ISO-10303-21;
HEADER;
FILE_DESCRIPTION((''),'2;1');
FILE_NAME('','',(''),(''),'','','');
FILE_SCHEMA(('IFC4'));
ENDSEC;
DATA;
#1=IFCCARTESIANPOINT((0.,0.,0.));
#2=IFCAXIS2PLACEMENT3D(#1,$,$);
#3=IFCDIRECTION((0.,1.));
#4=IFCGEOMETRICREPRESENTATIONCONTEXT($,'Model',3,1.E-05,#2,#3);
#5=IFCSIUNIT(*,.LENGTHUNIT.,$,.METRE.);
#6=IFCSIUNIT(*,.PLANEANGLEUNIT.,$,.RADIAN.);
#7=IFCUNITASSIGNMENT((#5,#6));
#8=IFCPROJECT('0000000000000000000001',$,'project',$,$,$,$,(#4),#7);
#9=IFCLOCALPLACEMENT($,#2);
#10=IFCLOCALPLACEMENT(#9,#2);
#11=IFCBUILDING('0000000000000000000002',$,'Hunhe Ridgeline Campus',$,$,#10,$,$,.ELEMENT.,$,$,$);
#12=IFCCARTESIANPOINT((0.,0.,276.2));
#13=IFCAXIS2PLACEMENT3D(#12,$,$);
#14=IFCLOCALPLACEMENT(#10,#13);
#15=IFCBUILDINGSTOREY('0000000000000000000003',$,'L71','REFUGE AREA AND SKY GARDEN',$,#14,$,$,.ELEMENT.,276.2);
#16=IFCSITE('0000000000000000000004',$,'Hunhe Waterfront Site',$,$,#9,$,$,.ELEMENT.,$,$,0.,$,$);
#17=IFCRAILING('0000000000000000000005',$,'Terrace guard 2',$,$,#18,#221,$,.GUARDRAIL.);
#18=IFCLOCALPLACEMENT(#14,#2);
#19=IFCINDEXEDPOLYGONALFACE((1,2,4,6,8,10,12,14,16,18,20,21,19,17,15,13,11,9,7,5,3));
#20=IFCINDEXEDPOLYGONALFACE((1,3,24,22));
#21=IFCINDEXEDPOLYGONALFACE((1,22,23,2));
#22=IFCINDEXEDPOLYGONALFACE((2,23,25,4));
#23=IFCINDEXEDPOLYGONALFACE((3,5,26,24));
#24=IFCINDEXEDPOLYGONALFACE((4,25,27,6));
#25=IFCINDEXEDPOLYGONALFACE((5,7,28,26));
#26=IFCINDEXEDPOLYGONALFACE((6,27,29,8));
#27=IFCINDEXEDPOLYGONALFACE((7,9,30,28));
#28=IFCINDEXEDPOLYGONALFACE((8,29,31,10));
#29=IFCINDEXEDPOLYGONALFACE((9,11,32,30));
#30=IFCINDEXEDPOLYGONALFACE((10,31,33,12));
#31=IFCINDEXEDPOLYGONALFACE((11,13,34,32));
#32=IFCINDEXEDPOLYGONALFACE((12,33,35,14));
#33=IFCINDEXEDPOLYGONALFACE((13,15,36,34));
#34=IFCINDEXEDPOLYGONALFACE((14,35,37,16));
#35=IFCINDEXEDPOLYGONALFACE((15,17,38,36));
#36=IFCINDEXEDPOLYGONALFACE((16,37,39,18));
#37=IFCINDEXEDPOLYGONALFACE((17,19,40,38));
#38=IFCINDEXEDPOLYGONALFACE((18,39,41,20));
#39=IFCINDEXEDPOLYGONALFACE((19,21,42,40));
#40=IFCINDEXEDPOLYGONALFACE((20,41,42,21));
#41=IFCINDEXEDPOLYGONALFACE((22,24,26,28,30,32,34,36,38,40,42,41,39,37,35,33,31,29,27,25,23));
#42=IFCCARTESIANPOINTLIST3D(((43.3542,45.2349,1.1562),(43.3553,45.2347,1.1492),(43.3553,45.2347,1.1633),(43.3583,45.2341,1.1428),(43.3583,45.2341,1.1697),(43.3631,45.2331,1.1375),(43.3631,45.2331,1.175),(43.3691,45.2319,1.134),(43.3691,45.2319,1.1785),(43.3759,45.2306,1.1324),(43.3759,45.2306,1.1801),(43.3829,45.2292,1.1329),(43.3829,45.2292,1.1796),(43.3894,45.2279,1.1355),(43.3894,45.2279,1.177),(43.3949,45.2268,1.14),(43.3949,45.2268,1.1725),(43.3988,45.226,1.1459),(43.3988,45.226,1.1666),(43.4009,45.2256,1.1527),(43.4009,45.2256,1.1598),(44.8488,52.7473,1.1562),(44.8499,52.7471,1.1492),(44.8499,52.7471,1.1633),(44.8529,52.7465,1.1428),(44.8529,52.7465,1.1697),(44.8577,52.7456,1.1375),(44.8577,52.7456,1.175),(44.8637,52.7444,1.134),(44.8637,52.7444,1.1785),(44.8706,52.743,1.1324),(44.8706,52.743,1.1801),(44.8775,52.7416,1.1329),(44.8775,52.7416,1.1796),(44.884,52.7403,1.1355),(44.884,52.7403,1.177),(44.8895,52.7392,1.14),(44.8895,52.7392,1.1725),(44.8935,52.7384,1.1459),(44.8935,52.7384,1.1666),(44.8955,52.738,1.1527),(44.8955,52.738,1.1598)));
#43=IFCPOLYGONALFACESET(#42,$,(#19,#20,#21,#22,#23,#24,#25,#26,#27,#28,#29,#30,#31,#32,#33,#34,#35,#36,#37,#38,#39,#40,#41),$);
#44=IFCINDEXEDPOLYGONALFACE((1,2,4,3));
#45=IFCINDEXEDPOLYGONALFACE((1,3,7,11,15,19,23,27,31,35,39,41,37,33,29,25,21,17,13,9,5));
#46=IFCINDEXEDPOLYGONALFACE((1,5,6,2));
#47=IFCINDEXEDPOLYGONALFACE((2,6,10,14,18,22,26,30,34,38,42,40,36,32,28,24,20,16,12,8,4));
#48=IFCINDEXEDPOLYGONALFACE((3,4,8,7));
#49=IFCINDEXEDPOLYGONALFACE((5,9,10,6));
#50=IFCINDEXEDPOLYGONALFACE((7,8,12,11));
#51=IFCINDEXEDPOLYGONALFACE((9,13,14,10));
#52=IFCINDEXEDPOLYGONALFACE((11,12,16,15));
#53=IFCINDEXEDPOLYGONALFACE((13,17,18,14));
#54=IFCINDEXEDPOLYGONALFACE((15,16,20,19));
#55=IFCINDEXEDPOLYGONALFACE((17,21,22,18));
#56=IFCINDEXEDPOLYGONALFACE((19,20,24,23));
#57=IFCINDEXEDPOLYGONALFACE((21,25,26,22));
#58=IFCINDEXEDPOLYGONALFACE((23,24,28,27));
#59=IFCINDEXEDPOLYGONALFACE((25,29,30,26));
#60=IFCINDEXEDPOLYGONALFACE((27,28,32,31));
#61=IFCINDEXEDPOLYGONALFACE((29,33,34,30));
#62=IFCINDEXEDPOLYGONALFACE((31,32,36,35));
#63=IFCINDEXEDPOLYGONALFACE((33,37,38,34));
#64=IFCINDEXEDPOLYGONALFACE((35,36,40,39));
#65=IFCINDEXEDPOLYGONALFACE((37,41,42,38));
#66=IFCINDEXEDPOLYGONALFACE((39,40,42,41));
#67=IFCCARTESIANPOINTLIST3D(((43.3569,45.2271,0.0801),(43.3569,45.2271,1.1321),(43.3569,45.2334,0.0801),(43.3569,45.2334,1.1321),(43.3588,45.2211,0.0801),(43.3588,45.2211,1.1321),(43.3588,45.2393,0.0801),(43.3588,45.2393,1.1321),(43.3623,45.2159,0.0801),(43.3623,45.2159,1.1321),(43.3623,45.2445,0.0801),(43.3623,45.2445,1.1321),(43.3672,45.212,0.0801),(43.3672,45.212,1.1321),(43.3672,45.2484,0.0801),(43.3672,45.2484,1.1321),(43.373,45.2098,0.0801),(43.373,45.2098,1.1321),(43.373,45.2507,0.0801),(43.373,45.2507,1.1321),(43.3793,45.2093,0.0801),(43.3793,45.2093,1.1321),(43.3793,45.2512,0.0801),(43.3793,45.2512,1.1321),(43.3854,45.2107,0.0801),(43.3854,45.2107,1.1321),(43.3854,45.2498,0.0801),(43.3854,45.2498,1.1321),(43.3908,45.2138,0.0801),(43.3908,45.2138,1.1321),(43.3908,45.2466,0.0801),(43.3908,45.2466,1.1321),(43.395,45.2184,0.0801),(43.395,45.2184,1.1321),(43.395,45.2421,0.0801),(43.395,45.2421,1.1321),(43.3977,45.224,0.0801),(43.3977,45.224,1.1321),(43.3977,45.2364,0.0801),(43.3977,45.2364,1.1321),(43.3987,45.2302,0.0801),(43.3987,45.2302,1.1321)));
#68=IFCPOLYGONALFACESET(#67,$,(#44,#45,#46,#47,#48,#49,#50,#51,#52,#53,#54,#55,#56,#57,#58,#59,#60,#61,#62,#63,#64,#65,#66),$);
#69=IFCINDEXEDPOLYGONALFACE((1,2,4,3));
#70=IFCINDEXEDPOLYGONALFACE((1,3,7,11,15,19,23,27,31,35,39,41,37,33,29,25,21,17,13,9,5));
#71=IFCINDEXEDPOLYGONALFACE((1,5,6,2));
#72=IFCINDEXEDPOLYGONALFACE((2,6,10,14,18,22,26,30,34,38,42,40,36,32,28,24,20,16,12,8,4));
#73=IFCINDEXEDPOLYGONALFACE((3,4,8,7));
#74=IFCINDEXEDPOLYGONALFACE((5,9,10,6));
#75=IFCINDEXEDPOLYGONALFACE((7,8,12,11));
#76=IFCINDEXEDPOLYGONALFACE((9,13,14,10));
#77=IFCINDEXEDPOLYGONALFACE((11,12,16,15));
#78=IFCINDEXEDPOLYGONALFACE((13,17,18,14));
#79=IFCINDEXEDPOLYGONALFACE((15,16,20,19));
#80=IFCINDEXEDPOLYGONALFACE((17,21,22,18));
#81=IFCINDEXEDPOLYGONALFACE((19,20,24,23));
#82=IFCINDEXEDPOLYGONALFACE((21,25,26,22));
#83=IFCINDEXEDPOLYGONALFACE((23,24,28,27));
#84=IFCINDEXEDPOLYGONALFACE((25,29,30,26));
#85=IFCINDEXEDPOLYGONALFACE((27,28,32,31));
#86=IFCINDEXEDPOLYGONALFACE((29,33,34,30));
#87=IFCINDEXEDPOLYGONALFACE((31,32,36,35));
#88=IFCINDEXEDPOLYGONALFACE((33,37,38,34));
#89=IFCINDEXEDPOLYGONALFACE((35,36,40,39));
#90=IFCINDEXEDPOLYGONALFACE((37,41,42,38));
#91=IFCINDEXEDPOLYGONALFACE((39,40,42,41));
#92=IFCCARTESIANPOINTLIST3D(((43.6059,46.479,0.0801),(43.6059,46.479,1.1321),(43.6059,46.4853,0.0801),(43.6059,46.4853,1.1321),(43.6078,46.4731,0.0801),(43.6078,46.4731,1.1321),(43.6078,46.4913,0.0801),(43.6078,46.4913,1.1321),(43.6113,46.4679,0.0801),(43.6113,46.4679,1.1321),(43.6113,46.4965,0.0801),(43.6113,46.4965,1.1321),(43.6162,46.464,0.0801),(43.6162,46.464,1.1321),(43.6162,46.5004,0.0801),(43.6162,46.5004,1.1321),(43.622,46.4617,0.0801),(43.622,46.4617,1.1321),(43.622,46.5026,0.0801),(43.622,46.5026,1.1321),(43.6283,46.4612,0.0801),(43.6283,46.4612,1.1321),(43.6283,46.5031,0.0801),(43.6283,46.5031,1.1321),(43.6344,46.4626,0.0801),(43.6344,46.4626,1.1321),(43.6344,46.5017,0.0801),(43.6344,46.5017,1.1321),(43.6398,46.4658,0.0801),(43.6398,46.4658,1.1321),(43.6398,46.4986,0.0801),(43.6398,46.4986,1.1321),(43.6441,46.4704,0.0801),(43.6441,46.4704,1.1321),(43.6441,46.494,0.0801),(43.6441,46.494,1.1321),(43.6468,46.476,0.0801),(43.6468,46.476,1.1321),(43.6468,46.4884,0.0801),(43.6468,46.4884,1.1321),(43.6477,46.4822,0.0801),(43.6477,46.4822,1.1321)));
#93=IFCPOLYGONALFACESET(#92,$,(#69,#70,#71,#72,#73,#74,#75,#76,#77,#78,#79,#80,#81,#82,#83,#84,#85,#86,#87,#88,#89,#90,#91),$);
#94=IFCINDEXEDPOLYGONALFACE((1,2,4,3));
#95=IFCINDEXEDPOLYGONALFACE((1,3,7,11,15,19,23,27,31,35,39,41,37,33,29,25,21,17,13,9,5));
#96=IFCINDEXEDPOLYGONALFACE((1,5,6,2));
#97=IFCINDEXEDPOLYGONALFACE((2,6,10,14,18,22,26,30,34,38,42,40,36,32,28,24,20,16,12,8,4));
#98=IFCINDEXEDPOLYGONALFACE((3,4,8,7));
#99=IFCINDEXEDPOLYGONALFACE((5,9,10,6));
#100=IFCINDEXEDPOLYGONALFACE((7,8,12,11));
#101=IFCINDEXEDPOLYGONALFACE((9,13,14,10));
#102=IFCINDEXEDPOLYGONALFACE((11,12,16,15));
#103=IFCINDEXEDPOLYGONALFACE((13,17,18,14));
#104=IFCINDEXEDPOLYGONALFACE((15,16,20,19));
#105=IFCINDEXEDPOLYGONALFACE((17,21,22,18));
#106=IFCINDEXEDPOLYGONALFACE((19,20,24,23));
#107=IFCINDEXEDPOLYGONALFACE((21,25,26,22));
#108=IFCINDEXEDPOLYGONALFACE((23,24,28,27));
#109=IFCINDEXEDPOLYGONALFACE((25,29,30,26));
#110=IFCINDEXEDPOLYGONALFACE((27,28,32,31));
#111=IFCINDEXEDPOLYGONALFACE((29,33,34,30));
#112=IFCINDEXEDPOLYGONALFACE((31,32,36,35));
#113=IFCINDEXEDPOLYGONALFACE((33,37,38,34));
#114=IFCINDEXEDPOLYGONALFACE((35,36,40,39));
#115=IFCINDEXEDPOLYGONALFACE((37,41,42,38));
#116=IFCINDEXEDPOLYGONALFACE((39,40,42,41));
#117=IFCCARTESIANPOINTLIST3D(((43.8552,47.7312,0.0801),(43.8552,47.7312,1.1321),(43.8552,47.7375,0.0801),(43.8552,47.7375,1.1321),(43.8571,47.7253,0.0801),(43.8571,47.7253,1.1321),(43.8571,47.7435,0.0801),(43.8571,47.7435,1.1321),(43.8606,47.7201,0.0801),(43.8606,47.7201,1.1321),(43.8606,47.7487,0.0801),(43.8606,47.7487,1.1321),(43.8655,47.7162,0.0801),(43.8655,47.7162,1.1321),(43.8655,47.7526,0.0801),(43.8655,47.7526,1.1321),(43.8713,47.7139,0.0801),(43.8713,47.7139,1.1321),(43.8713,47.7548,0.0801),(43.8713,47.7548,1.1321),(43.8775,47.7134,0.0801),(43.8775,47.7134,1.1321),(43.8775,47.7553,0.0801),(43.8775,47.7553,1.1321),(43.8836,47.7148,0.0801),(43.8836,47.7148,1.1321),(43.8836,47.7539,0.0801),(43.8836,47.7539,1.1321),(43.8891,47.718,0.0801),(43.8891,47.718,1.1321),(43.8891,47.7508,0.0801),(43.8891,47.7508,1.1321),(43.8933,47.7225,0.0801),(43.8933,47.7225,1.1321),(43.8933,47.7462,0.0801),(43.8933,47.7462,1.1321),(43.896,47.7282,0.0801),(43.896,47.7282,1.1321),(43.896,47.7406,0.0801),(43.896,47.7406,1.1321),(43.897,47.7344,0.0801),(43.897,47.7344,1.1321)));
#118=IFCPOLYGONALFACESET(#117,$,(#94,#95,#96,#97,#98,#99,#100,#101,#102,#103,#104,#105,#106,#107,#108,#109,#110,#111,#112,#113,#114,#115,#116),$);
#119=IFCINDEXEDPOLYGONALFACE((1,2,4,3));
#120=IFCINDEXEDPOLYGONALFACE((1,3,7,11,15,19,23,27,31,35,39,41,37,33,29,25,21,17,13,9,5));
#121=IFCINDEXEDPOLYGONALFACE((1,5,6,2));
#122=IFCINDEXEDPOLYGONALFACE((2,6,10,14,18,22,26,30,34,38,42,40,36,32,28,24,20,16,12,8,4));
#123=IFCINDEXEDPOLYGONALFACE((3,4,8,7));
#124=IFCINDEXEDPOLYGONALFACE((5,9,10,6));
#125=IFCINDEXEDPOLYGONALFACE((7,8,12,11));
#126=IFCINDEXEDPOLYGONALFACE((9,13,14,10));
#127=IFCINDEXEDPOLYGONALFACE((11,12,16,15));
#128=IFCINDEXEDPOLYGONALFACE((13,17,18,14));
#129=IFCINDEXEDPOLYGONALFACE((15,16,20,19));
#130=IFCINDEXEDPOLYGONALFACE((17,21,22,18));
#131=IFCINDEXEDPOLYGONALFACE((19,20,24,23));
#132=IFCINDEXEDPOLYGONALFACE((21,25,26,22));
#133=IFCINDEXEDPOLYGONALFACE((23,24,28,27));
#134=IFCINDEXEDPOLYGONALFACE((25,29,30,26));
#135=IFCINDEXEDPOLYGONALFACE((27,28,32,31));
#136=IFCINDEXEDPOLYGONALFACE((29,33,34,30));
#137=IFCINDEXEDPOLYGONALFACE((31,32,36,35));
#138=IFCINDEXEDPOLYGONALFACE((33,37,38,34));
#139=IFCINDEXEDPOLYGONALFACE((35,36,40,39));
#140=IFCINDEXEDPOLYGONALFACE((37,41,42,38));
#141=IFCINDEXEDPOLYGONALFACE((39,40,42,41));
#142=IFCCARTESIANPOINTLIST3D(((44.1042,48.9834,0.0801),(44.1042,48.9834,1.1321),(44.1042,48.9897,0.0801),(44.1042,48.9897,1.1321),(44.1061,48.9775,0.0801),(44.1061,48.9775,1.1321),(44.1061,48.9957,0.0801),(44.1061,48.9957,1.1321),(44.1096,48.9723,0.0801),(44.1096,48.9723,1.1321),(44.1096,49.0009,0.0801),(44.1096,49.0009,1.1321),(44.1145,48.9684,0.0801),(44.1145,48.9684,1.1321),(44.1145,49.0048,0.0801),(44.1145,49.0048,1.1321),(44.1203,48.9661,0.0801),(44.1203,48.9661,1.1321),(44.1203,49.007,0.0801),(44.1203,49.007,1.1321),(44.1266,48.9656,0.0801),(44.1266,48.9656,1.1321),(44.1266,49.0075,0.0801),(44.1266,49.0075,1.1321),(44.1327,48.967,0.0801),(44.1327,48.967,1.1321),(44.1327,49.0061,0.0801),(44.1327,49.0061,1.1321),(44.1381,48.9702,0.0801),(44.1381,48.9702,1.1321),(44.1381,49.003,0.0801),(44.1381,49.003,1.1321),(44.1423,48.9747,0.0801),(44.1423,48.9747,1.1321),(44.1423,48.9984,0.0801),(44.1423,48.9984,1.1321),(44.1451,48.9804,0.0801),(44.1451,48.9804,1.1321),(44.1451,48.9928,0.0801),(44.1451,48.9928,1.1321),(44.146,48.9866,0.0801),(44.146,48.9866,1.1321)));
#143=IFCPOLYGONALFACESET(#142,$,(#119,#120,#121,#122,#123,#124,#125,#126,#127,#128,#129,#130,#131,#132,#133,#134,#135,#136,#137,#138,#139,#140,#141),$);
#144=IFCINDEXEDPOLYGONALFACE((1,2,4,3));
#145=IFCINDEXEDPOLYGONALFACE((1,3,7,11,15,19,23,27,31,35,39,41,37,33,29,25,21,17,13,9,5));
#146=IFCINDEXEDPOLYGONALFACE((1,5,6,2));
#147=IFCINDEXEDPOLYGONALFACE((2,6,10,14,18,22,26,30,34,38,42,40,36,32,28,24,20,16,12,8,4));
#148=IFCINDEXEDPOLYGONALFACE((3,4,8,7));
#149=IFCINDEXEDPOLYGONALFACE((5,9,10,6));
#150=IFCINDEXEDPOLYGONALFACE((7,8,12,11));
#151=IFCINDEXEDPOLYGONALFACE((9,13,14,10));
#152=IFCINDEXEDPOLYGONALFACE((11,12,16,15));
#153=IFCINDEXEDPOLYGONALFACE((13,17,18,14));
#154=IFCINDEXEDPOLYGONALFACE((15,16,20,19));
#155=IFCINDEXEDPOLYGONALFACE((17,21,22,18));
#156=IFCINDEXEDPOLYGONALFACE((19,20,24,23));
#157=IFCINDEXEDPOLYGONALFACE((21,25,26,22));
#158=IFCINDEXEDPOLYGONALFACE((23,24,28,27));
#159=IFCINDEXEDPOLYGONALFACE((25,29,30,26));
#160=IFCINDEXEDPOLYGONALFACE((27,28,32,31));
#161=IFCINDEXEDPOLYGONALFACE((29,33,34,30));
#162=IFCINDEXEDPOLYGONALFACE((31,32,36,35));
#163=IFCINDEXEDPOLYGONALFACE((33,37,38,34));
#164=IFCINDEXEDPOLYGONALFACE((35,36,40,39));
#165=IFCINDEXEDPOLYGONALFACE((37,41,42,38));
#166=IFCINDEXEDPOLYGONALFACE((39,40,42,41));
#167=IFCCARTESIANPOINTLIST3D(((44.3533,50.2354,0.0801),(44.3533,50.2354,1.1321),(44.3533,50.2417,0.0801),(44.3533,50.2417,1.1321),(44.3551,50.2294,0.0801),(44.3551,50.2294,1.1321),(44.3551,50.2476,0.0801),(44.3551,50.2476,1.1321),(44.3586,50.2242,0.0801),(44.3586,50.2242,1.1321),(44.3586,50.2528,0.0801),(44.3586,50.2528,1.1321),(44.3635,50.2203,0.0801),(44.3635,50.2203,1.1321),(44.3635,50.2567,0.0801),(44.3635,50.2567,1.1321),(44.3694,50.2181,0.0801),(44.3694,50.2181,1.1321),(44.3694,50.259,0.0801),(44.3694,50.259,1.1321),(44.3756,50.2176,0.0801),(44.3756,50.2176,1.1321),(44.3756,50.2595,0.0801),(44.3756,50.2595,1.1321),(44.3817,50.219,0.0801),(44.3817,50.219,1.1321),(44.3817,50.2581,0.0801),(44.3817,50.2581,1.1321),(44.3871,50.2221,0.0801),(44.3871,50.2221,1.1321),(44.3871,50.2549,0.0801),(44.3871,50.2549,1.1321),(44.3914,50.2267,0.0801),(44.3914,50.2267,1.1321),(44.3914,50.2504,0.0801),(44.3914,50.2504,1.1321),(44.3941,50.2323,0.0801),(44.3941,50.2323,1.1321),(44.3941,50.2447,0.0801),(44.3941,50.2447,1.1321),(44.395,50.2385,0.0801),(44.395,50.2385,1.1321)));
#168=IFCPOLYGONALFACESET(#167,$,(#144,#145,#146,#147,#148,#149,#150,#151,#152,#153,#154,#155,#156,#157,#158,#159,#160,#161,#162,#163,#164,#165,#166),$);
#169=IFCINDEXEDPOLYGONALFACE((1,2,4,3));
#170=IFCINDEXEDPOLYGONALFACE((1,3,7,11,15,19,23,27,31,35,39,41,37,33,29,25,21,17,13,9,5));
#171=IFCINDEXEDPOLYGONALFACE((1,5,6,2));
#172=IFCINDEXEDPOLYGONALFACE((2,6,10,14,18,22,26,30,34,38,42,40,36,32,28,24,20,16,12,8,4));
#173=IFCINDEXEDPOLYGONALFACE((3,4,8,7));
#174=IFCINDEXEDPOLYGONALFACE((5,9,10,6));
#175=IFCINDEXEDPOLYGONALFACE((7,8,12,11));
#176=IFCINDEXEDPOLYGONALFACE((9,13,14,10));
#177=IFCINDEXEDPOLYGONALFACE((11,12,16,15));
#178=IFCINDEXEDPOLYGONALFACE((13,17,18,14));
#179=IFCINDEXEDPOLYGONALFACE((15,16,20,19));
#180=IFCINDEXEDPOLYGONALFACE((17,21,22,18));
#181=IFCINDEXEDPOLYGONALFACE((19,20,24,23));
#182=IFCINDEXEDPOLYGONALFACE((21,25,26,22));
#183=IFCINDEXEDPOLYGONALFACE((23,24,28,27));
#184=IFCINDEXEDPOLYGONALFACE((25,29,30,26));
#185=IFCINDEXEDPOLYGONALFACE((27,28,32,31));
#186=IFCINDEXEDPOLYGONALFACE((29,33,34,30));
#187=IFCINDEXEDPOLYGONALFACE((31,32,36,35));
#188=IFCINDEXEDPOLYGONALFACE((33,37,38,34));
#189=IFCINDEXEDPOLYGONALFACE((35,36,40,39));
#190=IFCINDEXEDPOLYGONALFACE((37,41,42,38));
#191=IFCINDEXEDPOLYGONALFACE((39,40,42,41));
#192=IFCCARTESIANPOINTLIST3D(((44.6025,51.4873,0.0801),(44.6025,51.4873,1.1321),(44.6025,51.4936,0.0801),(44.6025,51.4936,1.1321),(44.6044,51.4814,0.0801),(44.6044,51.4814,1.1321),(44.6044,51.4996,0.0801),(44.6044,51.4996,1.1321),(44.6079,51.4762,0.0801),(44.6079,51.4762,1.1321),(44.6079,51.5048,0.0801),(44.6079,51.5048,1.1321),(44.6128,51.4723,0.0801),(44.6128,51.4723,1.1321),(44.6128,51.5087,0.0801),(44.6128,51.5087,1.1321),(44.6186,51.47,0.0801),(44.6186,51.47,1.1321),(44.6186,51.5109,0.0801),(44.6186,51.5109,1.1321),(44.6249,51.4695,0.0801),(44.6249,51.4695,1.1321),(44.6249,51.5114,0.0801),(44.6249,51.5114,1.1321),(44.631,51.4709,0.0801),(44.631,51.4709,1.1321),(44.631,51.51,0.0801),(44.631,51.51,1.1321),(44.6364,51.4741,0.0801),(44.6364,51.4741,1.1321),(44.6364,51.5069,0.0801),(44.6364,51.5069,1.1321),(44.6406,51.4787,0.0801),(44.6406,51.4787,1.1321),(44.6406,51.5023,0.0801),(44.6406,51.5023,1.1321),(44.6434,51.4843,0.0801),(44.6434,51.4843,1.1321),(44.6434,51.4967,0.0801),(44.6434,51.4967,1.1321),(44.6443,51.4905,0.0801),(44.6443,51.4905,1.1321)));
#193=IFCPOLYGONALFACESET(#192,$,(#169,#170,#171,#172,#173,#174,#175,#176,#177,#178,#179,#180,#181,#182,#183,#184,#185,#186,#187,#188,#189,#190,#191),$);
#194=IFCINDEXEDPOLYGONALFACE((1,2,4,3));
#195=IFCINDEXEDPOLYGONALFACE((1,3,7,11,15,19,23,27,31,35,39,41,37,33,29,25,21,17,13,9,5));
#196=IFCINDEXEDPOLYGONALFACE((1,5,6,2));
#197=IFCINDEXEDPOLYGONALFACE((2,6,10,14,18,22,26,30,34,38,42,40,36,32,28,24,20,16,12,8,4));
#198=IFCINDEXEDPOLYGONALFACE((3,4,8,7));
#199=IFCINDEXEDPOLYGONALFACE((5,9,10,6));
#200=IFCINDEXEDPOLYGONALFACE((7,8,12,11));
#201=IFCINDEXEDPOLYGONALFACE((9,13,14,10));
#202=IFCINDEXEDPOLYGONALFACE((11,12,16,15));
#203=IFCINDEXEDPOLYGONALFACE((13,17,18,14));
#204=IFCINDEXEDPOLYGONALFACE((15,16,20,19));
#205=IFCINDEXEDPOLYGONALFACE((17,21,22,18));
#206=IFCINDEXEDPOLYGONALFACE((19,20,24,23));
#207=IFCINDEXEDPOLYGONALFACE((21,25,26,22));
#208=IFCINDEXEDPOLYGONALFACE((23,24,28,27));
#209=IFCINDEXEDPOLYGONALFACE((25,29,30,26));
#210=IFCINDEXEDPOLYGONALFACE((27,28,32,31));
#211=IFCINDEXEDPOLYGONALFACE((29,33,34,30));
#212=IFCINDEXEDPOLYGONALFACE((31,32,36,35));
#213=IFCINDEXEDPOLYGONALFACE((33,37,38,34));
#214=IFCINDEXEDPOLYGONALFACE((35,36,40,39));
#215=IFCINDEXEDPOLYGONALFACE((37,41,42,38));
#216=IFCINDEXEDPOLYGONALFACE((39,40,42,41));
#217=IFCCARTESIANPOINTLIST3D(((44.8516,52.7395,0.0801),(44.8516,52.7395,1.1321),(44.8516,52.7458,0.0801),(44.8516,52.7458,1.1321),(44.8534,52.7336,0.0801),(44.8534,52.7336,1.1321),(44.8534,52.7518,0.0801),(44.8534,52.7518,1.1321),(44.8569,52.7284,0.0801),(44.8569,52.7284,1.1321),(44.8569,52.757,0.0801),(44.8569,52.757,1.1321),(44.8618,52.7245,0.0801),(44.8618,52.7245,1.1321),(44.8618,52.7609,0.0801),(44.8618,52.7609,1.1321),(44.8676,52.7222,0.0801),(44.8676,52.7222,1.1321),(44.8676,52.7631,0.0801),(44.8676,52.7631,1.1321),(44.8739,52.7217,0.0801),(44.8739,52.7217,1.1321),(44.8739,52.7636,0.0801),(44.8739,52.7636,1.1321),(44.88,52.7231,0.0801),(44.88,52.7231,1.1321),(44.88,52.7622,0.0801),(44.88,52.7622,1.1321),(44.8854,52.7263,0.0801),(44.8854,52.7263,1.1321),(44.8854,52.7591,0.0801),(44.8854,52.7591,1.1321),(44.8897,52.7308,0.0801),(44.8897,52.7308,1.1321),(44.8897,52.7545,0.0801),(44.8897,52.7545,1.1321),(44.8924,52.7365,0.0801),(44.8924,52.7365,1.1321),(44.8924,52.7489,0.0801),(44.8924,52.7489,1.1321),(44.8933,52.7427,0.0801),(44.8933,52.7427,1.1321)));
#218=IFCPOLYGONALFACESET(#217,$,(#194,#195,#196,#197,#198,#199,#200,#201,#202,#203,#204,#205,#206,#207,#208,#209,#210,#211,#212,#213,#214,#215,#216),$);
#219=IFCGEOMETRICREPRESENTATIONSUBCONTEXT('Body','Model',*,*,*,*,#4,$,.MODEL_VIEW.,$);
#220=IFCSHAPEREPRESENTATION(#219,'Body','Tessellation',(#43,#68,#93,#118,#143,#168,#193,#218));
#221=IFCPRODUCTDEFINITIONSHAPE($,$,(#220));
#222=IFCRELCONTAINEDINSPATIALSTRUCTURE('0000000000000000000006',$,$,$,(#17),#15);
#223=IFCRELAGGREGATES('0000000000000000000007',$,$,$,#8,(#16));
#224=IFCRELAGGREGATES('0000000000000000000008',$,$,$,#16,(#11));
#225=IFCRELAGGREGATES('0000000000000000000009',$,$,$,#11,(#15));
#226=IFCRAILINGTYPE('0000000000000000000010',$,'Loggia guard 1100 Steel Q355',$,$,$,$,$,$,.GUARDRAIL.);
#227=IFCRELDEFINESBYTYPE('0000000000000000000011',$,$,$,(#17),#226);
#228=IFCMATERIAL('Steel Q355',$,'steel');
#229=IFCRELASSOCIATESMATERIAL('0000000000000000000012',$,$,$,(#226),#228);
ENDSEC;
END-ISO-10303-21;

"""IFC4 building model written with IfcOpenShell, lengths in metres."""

from ifc_helpers import new_model, si_unit, direction, frame, origin, origin_2d, place, context, subcontext, project, spatial, circle, extrude, material, type_object, element, save


model = new_model("IFC4")

# Units and contexts
model_context = context("Model", 3, precision=1e-05, world=origin(), true_north=direction((0.0, 1.0)))
body_context = subcontext(model_context, "Body", "Model", "MODEL_VIEW")
ifc_project = project(units=[si_unit("LENGTHUNIT", "METRE"), si_unit("PLANEANGLEUNIT", "RADIAN")], contexts=[model_context])

# Site, building, storey
site_placement = place(None, origin())
site = spatial("IfcSite", under=ifc_project, at=site_placement, Name="Hunhe Waterfront Site", CompositionType="ELEMENT", RefElevation=0.0)
building_placement = place(site_placement, origin())
building = spatial("IfcBuilding", under=site, at=building_placement, Name="Hunhe Ridgeline Campus", CompositionType="ELEMENT")
storey_placement = place(building_placement, frame((0.0, 0.0, 276.2)))
storey = spatial("IfcBuildingStorey", under=building, at=storey_placement, Name="L71", Description="REFUGE AREA AND SKY GARDEN", CompositionType="ELEMENT", Elevation=276.2)

# Railing
ifc_material_1 = material(Name="Steel Q355", Category="steel")
railing_type = type_object("IfcRailingType", Name="Loggia guard 1100 Steel Q355", PredefinedType="GUARDRAIL", material=ifc_material_1)
railing_1_placement = place(storey_placement, frame((43.3777, 45.2302, 0.0801)))
element("IfcRailing", 1, at=railing_1_placement, inside=storey, type_object=railing_type, Name="Terrace guard 2", PredefinedType="GUARDRAIL", context=body_context, shape_type="SweptSolid", body=[
    extrude(circle(Radius=0.0239, at=origin_2d()), frame((0.0, 0.0, 1.0762), z_axis=(0.195129, 0.980778, 0.0), x_axis=(-0.980778, 0.195129, 0.0)), (0.0, 0.0, 1.0), 7.6597),
    extrude(circle(Radius=0.021, at=origin_2d()), origin(), (0.0, 0.0, 1.0), 1.052),
    extrude(circle(Radius=0.021, at=origin_2d()), frame((0.249, 1.252, 0.0)), (0.0, 0.0, 1.0), 1.052),
    extrude(circle(Radius=0.021, at=origin_2d()), frame((0.4983, 2.5042, 0.0)), (0.0, 0.0, 1.0), 1.052),
    extrude(circle(Radius=0.021, at=origin_2d()), frame((0.7473, 3.7563, 0.0)), (0.0, 0.0, 1.0), 1.052),
    extrude(circle(Radius=0.021, at=origin_2d()), frame((0.9963, 5.0083, 0.0)), (0.0, 0.0, 1.0), 1.052),
    extrude(circle(Radius=0.021, at=origin_2d()), frame((1.2456, 6.2603, 0.0)), (0.0, 0.0, 1.0), 1.052),
    extrude(circle(Radius=0.021, at=origin_2d()), frame((1.4946, 7.5125, 0.0)), (0.0, 0.0, 1.0), 1.052),
])

save(model, "model.ifc")
